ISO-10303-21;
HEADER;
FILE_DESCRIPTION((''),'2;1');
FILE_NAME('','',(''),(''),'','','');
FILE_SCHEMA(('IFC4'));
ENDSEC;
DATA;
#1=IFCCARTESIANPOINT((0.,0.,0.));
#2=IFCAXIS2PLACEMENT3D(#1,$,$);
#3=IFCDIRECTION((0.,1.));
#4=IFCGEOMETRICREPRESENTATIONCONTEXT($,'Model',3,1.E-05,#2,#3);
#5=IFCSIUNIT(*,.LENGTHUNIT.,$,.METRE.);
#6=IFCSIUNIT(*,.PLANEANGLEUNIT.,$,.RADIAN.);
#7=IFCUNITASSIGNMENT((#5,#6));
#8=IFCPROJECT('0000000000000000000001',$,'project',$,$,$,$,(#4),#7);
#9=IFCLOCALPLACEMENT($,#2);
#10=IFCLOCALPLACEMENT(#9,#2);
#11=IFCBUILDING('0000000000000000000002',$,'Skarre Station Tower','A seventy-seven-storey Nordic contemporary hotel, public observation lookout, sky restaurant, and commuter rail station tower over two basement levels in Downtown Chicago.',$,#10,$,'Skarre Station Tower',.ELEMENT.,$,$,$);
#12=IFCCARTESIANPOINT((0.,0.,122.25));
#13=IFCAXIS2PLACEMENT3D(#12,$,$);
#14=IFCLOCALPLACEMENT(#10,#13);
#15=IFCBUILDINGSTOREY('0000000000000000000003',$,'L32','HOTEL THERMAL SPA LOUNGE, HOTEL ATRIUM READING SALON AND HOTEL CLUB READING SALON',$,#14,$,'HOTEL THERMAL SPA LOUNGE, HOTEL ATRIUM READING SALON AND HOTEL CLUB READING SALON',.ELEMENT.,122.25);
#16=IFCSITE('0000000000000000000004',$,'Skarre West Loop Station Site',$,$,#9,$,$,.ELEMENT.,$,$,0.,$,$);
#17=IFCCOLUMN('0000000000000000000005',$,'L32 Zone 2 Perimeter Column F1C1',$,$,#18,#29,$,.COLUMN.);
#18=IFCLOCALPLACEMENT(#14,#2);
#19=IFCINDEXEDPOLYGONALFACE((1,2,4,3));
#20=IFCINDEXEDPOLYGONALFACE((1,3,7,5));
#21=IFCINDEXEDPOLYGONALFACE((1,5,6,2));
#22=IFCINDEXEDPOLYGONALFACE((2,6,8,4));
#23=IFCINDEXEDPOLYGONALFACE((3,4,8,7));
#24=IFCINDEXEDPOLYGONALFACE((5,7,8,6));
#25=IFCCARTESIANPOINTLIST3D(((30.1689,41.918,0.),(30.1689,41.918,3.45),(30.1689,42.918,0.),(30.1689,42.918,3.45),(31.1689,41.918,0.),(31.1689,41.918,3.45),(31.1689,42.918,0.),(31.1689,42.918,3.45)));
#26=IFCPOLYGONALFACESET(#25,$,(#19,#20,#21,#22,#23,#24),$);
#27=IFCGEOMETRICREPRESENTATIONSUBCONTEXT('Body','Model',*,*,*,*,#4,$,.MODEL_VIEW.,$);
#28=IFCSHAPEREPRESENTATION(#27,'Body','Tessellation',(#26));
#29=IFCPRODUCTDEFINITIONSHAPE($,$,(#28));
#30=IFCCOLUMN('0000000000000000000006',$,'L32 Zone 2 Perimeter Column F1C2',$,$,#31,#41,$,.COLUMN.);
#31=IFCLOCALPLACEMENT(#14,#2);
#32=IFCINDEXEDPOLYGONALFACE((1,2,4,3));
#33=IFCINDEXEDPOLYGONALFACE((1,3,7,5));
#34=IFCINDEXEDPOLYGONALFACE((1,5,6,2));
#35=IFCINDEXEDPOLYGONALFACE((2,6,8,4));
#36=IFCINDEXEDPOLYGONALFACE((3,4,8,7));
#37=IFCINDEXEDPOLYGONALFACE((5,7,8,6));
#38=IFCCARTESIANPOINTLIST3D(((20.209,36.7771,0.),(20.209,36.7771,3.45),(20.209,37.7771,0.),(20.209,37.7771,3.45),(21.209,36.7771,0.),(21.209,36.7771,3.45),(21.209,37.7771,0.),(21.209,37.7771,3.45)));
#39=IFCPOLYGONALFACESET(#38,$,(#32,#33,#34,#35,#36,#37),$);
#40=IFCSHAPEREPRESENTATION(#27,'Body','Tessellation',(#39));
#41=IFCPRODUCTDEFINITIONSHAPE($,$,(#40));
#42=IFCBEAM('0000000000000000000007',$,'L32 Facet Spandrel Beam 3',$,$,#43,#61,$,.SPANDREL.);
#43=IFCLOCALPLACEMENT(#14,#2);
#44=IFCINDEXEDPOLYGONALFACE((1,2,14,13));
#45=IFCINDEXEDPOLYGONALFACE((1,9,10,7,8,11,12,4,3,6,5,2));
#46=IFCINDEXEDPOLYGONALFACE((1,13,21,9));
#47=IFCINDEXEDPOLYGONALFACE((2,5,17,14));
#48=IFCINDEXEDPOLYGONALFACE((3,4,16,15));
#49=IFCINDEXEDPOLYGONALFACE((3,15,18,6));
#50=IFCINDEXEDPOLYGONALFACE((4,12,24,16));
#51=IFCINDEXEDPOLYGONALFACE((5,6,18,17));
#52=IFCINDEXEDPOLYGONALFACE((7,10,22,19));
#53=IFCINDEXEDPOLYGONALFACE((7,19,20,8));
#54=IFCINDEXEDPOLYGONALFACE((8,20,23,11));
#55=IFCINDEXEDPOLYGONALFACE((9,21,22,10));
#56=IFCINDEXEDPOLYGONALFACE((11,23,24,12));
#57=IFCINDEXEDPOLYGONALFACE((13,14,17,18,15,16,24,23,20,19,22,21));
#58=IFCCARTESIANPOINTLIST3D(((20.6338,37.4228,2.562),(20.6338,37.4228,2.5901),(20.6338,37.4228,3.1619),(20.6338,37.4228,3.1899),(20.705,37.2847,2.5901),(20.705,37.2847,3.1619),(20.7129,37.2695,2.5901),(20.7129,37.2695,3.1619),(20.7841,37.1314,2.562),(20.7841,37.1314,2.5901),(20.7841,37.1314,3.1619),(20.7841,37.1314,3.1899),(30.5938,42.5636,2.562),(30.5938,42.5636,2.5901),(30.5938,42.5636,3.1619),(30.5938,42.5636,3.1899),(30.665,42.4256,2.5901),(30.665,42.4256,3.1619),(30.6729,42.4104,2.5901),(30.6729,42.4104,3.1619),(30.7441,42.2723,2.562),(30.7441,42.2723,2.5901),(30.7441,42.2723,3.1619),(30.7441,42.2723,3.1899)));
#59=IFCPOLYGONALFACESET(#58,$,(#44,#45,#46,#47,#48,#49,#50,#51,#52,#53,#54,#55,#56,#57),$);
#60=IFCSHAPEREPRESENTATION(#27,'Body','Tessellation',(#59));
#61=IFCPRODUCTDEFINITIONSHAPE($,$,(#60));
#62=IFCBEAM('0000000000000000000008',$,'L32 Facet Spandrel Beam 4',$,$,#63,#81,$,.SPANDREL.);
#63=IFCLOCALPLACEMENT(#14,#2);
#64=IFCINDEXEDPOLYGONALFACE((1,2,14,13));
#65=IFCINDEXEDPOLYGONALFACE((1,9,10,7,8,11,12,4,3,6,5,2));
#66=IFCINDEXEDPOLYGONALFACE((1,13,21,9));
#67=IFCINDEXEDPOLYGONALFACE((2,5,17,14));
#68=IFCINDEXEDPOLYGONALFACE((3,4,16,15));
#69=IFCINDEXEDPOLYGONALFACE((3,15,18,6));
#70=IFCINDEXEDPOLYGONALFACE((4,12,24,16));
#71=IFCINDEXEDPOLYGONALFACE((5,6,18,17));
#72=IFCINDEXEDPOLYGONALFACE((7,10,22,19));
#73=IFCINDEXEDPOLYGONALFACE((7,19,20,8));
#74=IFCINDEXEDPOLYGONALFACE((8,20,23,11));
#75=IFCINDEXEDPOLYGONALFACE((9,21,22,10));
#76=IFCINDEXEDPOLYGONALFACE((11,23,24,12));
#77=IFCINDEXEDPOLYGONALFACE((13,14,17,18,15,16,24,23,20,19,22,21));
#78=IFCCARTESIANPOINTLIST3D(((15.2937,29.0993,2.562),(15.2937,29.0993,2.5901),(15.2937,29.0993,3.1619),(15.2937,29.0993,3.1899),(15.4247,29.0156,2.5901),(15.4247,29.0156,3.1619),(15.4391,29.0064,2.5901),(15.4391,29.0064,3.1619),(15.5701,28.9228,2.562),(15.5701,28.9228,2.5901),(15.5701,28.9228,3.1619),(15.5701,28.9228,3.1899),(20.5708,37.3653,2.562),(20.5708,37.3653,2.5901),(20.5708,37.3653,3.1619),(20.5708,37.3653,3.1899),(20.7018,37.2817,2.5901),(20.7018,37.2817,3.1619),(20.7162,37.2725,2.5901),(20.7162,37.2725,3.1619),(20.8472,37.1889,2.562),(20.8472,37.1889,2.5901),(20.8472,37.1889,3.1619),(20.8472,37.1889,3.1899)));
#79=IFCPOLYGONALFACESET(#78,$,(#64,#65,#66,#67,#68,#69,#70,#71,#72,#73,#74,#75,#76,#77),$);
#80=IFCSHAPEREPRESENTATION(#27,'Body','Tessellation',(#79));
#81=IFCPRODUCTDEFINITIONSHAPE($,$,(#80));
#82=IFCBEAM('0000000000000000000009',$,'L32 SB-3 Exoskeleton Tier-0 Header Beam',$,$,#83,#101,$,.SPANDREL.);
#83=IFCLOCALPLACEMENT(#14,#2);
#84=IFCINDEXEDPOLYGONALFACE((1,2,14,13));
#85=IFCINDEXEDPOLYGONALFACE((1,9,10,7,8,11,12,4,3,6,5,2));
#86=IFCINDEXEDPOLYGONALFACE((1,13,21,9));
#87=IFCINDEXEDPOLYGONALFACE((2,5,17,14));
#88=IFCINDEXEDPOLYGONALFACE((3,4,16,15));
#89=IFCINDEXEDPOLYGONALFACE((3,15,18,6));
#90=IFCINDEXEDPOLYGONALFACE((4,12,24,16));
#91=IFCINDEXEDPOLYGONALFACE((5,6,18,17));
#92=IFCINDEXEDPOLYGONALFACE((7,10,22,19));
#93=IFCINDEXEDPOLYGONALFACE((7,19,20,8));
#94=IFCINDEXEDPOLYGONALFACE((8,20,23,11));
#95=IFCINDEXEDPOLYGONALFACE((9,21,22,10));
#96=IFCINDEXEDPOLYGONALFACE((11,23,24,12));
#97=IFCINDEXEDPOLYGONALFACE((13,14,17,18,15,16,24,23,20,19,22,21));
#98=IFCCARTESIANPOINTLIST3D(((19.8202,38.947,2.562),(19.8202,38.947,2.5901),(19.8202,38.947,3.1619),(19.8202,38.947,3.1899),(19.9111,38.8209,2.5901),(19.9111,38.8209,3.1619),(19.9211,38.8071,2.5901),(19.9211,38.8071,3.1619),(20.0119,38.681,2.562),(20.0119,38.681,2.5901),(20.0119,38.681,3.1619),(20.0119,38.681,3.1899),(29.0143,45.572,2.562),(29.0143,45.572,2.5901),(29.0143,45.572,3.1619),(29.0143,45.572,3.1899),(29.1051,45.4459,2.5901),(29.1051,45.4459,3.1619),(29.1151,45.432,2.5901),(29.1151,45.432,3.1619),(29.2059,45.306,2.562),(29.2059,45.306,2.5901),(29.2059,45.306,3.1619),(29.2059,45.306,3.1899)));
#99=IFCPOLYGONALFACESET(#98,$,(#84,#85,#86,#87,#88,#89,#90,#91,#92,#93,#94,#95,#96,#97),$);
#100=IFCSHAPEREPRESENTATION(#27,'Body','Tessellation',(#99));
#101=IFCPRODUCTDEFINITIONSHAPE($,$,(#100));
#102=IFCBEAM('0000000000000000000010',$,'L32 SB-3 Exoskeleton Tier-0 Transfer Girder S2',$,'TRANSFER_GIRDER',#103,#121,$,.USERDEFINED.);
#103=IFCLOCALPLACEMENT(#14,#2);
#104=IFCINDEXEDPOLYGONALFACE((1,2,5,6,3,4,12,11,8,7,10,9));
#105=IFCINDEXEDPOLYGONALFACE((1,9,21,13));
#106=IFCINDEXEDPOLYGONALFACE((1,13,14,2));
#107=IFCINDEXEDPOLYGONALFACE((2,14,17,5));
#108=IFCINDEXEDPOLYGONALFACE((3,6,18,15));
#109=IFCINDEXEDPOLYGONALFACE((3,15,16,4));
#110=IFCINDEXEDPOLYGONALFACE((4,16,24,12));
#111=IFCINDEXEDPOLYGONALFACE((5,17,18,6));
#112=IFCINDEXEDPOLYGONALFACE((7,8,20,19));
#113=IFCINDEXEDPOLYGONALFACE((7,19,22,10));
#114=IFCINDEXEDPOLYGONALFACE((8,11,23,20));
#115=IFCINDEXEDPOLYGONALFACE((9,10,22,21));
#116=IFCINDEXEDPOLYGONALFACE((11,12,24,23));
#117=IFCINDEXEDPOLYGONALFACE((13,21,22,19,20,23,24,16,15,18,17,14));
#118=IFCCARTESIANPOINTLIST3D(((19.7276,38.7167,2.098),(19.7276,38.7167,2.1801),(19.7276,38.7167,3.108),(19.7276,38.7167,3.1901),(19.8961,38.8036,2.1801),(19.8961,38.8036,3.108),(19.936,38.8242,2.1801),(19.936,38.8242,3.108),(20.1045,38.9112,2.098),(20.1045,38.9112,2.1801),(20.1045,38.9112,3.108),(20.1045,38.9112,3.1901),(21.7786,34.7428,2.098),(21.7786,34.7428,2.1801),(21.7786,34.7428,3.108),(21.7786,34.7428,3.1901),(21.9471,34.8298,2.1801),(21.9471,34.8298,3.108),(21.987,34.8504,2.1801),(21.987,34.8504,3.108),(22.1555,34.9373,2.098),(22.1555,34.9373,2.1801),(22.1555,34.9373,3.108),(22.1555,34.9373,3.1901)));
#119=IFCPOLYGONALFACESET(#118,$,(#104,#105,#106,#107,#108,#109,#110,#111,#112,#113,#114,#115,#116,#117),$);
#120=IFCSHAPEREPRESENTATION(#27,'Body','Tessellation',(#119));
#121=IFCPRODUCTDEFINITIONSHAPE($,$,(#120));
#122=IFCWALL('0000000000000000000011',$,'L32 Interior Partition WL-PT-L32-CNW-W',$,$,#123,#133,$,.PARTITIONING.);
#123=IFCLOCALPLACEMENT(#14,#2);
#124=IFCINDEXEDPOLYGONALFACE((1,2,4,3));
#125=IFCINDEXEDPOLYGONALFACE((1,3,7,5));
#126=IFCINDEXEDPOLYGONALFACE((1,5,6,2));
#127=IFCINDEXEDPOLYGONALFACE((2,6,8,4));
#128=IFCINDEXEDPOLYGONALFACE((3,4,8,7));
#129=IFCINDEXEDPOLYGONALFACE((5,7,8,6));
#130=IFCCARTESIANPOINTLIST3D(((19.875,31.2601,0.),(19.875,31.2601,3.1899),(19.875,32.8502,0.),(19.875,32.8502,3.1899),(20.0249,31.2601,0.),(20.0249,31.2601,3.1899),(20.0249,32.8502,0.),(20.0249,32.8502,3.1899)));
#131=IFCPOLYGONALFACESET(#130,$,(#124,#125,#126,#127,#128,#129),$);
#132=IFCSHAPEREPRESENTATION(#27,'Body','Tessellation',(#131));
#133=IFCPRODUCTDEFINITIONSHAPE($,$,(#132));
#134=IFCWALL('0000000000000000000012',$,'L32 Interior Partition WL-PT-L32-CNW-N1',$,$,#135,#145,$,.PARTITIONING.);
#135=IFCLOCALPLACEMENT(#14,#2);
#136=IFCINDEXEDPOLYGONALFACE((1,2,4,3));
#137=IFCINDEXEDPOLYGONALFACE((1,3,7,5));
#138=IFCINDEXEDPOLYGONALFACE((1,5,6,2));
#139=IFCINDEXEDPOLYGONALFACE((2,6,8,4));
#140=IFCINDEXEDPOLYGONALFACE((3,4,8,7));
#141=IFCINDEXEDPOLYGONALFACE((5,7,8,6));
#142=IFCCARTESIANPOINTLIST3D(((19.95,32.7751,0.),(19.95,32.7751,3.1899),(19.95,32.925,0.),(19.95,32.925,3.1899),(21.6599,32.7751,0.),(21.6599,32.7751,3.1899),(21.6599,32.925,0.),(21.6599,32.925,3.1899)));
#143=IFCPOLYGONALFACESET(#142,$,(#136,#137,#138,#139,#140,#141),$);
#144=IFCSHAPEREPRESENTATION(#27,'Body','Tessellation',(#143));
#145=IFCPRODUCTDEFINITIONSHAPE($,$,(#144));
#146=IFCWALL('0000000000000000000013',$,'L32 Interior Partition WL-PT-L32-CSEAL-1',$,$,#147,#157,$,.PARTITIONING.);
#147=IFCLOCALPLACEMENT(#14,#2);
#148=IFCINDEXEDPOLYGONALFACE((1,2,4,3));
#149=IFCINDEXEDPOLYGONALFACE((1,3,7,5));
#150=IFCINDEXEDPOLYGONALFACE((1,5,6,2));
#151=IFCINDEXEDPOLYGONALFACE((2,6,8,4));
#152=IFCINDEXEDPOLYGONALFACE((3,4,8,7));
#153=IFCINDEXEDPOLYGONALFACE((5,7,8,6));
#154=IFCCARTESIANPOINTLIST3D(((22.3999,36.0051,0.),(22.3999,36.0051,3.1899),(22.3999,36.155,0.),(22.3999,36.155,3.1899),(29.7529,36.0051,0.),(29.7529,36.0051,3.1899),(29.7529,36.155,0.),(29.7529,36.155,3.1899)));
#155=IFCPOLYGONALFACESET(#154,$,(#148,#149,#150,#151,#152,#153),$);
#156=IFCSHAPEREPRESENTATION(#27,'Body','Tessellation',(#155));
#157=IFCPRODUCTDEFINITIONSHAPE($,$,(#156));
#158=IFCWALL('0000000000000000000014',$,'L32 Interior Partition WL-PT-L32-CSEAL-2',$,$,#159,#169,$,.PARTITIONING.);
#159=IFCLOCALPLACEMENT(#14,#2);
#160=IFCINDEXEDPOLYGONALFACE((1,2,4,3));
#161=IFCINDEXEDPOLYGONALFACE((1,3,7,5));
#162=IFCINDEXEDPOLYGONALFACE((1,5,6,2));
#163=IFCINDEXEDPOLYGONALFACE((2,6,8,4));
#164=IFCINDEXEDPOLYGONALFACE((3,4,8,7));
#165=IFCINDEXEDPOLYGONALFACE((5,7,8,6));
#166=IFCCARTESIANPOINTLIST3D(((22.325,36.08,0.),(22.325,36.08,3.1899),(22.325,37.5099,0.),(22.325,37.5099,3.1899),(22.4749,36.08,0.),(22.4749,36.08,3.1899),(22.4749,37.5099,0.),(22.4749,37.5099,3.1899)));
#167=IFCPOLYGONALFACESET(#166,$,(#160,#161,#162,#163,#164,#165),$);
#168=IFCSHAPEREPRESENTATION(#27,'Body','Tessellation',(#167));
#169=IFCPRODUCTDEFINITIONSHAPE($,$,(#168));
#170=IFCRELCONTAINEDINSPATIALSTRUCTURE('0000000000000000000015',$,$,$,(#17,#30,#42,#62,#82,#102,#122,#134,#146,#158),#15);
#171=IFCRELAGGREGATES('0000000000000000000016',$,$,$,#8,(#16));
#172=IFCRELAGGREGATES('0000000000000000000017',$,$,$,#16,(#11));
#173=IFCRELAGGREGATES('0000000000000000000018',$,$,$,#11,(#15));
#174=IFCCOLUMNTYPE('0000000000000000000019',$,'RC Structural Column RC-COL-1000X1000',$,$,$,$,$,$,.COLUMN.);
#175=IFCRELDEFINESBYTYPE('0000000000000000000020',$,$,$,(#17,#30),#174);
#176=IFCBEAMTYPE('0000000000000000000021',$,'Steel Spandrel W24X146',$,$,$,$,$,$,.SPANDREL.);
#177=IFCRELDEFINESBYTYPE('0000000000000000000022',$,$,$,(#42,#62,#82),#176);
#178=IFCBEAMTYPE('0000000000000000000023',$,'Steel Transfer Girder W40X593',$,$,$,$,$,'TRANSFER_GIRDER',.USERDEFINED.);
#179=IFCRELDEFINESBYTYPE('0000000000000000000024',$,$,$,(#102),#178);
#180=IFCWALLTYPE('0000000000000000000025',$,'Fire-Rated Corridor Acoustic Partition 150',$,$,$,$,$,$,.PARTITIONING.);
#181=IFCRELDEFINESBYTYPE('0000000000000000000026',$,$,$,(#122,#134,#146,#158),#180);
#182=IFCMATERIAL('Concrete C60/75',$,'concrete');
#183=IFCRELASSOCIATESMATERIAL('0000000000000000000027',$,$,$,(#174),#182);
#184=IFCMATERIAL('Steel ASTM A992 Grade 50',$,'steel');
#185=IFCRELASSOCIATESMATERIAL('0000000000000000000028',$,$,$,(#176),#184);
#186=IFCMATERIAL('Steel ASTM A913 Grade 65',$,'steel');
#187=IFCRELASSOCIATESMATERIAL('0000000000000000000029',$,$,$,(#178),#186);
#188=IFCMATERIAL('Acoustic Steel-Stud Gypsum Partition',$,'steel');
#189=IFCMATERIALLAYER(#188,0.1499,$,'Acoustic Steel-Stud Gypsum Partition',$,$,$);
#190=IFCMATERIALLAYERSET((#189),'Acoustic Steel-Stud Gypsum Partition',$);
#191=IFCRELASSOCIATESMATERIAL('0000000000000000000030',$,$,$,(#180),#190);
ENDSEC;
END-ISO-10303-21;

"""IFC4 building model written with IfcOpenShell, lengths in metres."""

from ifc_helpers import new_model, si_unit, direction, frame, frame_2d, origin, origin_2d, place, context, subcontext, project, spatial, rectangle, i_section, extrude, material, layer, layer_set, material_profile, profile_set, type_object, element, save


model = new_model("IFC4")

# Units and contexts
model_context = context("Model", 3, precision=1e-05, world=origin(), true_north=direction((0.0, 1.0)))
body_context = subcontext(model_context, "Body", "Model", "MODEL_VIEW")
ifc_project = project(units=[si_unit("LENGTHUNIT", "METRE"), si_unit("PLANEANGLEUNIT", "RADIAN")], contexts=[model_context])

# Site, building, storey
site_placement = place(None, origin())
site = spatial("IfcSite", under=ifc_project, at=site_placement, Name="Skarre West Loop Station Site", CompositionType="ELEMENT", RefElevation=0.0)
building_placement = place(site_placement, origin())
building = spatial("IfcBuilding", under=site, at=building_placement, Name="Skarre Station Tower", Description="A seventy-seven-storey Nordic contemporary hotel, public observation lookout, sky restaurant, and commuter rail station tower over two basement levels in Downtown Chicago.", LongName="Skarre Station Tower", CompositionType="ELEMENT")
storey_placement = place(building_placement, frame((0.0, 0.0, 122.25)))
storey = spatial("IfcBuildingStorey", under=building, at=storey_placement, Name="L32", Description="HOTEL THERMAL SPA LOUNGE, HOTEL ATRIUM READING SALON AND HOTEL CLUB READING SALON", LongName="HOTEL THERMAL SPA LOUNGE, HOTEL ATRIUM READING SALON AND HOTEL CLUB READING SALON", CompositionType="ELEMENT", Elevation=122.25)

# Columns
ifc_material_1 = material(Name="Concrete C60/75", Category="concrete")
ifc_material_profile_1 = material_profile(ifc_material_1, rectangle(XDim=1.0, YDim=1.0, at=origin_2d()), Name="Concrete C60/75")
ifc_profile_set_1 = profile_set([ifc_material_profile_1], Name="Concrete C60/75")
column_type = type_object("IfcColumnType", Name="RC Structural Column RC-COL-1000X1000", PredefinedType="COLUMN", material=ifc_profile_set_1)
for number, where, z_axis, x_axis, name in (
    (1, (30.6689, 42.418, 0.0), (0.0, 0.0, 1.0), (1.0, 0.0, 0.0), "L32 Zone 2 Perimeter Column F1C1"),
    (2, (20.709, 37.2771, 0.0), (0.0, 0.0, 1.0), (1.0, 0.0, 0.0), "L32 Zone 2 Perimeter Column F1C2"),
):
    element("IfcColumn", number, at=place(storey_placement, frame(where, z_axis=z_axis, x_axis=x_axis)), inside=storey, type_object=column_type, Name=name, PredefinedType="COLUMN", context=body_context, shape_type="SweptSolid", body=[
        extrude(rectangle(XDim=1.0, YDim=1.0, at=origin_2d()), origin(), (0.0, 0.0, 1.0), 3.45),
    ])

# Beams
ifc_material_2 = material(Name="Steel ASTM A992 Grade 50", Category="steel")
ifc_material_profile_2 = material_profile(ifc_material_2, i_section(OverallWidth=0.3279, OverallDepth=0.6279, WebThickness=0.0171, FlangeThickness=0.0281, at=origin_2d()), Name="Steel ASTM A992 Grade 50")
ifc_profile_set_2 = profile_set([ifc_material_profile_2], Name="Steel ASTM A992 Grade 50")
beam_type_1 = type_object("IfcBeamType", Name="Steel Spandrel W24X146", PredefinedType="SPANDREL", material=ifc_profile_set_2)
beam_1_placement = place(storey_placement, frame((30.6689, 42.418, 2.876), z_axis=(-0.888612, -0.45866, 0.0), x_axis=(0.45866, -0.888612, 0.0)))
element("IfcBeam", 3, at=beam_1_placement, inside=storey, type_object=beam_type_1, Name="L32 Facet Spandrel Beam 3", PredefinedType="SPANDREL", context=body_context, shape_type="SweptSolid", body=[
    extrude(i_section(OverallWidth=0.3279, OverallDepth=0.6279, WebThickness=0.0171, FlangeThickness=0.0281, at=origin_2d()), origin(), (0.0, 0.0, 1.0), 11.2085),
])
beam_2_placement = place(storey_placement, frame((20.709, 37.2771, 2.876), z_axis=(-0.538098, -0.842883, 0.0), x_axis=(0.842883, -0.538098, 0.0)))
element("IfcBeam", 4, at=beam_2_placement, inside=storey, type_object=beam_type_1, Name="L32 Facet Spandrel Beam 4", PredefinedType="SPANDREL", context=body_context, shape_type="SweptSolid", body=[
    extrude(i_section(OverallWidth=0.3279, OverallDepth=0.6279, WebThickness=0.0171, FlangeThickness=0.0281, at=origin_2d()), origin(), (0.0, 0.0, 1.0), 9.8069),
])
beam_3_placement = place(storey_placement, frame((29.1101, 45.439, 2.876), z_axis=(-0.811314, -0.58461, 0.0), x_axis=(0.58461, -0.811314, 0.0)))
element("IfcBeam", 5, at=beam_3_placement, inside=storey, type_object=beam_type_1, Name="L32 SB-3 Exoskeleton Tier-0 Header Beam", PredefinedType="SPANDREL", context=body_context, shape_type="SweptSolid", body=[
    extrude(i_section(OverallWidth=0.3279, OverallDepth=0.6279, WebThickness=0.0171, FlangeThickness=0.0281, at=origin_2d()), origin(), (0.0, 0.0, 1.0), 11.3323),
])
ifc_material_3 = material(Name="Steel ASTM A913 Grade 65", Category="steel")
ifc_material_profile_3 = material_profile(ifc_material_3, i_section(OverallWidth=0.4241, OverallDepth=1.092, WebThickness=0.0449, FlangeThickness=0.082, at=origin_2d()), Name="Steel ASTM A913 Grade 65")
ifc_profile_set_3 = profile_set([ifc_material_profile_3], Name="Steel ASTM A913 Grade 65")
beam_type_2 = type_object("IfcBeamType", Name="Steel Transfer Girder W40X593", ElementType="TRANSFER_GIRDER", PredefinedType="USERDEFINED", material=ifc_profile_set_3)
beam_4_placement = place(storey_placement, frame((21.967, 34.8401, 2.644), z_axis=(-0.458642, 0.888621, 0.0), x_axis=(-0.888621, -0.458642, 0.0)))
element("IfcBeam", 6, at=beam_4_placement, inside=storey, type_object=beam_type_2, Name="L32 SB-3 Exoskeleton Tier-0 Transfer Girder S2", ObjectType="TRANSFER_GIRDER", PredefinedType="USERDEFINED", context=body_context, shape_type="SweptSolid", body=[
    extrude(i_section(OverallWidth=0.4241, OverallDepth=1.092, WebThickness=0.0449, FlangeThickness=0.082, at=origin_2d()), origin(), (0.0, 0.0, 1.0), 4.4719),
])

# Walls
ifc_material_4 = material(Name="Acoustic Steel-Stud Gypsum Partition", Category="steel")
ifc_layer_1 = layer(ifc_material_4, 0.1499, Name="Acoustic Steel-Stud Gypsum Partition")
ifc_layer_set_1 = layer_set([ifc_layer_1], Name="Acoustic Steel-Stud Gypsum Partition")
wall_type_1 = type_object("IfcWallType", Name="Fire-Rated Corridor Acoustic Partition 150", PredefinedType="PARTITIONING", material=ifc_layer_set_1)
wall_1_placement = place(storey_placement, frame((19.95, 32.8501, 0.0), z_axis=(0.0, 0.0, 1.0), x_axis=(0.0, -1.0, 0.0)))
element("IfcWall", 7, at=wall_1_placement, inside=storey, type_object=wall_type_1, Name="L32 Interior Partition WL-PT-L32-CNW-W", PredefinedType="PARTITIONING", context=body_context, shape_type="SweptSolid", body=[
    extrude(rectangle(XDim=1.5901, YDim=0.1499, at=frame_2d((0.7949, 0.0))), origin(), (0.0, 0.0, 1.0), 3.1899),
])
wall_2_placement = place(storey_placement, frame((21.6599, 32.8501, 0.0), z_axis=(0.0, 0.0, 1.0), x_axis=(-1.0, 0.0, 0.0)))
element("IfcWall", 8, at=wall_2_placement, inside=storey, type_object=wall_type_1, Name="L32 Interior Partition WL-PT-L32-CNW-N1", PredefinedType="PARTITIONING", context=body_context, shape_type="SweptSolid", body=[
    extrude(rectangle(XDim=1.71, YDim=0.1499, at=frame_2d((0.855, 0.0))), origin(), (0.0, 0.0, 1.0), 3.1899),
])
wall_3_placement = place(storey_placement, frame((29.7529, 36.0801, 0.0), z_axis=(0.0, 0.0, 1.0), x_axis=(-1.0, 0.0, 0.0)))
element("IfcWall", 9, at=wall_3_placement, inside=storey, type_object=wall_type_1, Name="L32 Interior Partition WL-PT-L32-CSEAL-1", PredefinedType="PARTITIONING", context=body_context, shape_type="SweptSolid", body=[
    extrude(rectangle(XDim=7.353, YDim=0.1499, at=frame_2d((3.6765, 0.0))), origin(), (0.0, 0.0, 1.0), 3.1899),
])
wall_4_placement = place(storey_placement, frame((22.3999, 36.0801, 0.0), z_axis=(0.0, 0.0, 1.0), x_axis=(0.0, 1.0, 0.0)))
element("IfcWall", 10, at=wall_4_placement, inside=storey, type_object=wall_type_1, Name="L32 Interior Partition WL-PT-L32-CSEAL-2", PredefinedType="PARTITIONING", context=body_context, shape_type="SweptSolid", body=[
    extrude(rectangle(XDim=1.4299, YDim=0.1499, at=frame_2d((0.7148, 0.0))), origin(), (0.0, 0.0, 1.0), 3.1899),
])

save(model, "model.ifc")
